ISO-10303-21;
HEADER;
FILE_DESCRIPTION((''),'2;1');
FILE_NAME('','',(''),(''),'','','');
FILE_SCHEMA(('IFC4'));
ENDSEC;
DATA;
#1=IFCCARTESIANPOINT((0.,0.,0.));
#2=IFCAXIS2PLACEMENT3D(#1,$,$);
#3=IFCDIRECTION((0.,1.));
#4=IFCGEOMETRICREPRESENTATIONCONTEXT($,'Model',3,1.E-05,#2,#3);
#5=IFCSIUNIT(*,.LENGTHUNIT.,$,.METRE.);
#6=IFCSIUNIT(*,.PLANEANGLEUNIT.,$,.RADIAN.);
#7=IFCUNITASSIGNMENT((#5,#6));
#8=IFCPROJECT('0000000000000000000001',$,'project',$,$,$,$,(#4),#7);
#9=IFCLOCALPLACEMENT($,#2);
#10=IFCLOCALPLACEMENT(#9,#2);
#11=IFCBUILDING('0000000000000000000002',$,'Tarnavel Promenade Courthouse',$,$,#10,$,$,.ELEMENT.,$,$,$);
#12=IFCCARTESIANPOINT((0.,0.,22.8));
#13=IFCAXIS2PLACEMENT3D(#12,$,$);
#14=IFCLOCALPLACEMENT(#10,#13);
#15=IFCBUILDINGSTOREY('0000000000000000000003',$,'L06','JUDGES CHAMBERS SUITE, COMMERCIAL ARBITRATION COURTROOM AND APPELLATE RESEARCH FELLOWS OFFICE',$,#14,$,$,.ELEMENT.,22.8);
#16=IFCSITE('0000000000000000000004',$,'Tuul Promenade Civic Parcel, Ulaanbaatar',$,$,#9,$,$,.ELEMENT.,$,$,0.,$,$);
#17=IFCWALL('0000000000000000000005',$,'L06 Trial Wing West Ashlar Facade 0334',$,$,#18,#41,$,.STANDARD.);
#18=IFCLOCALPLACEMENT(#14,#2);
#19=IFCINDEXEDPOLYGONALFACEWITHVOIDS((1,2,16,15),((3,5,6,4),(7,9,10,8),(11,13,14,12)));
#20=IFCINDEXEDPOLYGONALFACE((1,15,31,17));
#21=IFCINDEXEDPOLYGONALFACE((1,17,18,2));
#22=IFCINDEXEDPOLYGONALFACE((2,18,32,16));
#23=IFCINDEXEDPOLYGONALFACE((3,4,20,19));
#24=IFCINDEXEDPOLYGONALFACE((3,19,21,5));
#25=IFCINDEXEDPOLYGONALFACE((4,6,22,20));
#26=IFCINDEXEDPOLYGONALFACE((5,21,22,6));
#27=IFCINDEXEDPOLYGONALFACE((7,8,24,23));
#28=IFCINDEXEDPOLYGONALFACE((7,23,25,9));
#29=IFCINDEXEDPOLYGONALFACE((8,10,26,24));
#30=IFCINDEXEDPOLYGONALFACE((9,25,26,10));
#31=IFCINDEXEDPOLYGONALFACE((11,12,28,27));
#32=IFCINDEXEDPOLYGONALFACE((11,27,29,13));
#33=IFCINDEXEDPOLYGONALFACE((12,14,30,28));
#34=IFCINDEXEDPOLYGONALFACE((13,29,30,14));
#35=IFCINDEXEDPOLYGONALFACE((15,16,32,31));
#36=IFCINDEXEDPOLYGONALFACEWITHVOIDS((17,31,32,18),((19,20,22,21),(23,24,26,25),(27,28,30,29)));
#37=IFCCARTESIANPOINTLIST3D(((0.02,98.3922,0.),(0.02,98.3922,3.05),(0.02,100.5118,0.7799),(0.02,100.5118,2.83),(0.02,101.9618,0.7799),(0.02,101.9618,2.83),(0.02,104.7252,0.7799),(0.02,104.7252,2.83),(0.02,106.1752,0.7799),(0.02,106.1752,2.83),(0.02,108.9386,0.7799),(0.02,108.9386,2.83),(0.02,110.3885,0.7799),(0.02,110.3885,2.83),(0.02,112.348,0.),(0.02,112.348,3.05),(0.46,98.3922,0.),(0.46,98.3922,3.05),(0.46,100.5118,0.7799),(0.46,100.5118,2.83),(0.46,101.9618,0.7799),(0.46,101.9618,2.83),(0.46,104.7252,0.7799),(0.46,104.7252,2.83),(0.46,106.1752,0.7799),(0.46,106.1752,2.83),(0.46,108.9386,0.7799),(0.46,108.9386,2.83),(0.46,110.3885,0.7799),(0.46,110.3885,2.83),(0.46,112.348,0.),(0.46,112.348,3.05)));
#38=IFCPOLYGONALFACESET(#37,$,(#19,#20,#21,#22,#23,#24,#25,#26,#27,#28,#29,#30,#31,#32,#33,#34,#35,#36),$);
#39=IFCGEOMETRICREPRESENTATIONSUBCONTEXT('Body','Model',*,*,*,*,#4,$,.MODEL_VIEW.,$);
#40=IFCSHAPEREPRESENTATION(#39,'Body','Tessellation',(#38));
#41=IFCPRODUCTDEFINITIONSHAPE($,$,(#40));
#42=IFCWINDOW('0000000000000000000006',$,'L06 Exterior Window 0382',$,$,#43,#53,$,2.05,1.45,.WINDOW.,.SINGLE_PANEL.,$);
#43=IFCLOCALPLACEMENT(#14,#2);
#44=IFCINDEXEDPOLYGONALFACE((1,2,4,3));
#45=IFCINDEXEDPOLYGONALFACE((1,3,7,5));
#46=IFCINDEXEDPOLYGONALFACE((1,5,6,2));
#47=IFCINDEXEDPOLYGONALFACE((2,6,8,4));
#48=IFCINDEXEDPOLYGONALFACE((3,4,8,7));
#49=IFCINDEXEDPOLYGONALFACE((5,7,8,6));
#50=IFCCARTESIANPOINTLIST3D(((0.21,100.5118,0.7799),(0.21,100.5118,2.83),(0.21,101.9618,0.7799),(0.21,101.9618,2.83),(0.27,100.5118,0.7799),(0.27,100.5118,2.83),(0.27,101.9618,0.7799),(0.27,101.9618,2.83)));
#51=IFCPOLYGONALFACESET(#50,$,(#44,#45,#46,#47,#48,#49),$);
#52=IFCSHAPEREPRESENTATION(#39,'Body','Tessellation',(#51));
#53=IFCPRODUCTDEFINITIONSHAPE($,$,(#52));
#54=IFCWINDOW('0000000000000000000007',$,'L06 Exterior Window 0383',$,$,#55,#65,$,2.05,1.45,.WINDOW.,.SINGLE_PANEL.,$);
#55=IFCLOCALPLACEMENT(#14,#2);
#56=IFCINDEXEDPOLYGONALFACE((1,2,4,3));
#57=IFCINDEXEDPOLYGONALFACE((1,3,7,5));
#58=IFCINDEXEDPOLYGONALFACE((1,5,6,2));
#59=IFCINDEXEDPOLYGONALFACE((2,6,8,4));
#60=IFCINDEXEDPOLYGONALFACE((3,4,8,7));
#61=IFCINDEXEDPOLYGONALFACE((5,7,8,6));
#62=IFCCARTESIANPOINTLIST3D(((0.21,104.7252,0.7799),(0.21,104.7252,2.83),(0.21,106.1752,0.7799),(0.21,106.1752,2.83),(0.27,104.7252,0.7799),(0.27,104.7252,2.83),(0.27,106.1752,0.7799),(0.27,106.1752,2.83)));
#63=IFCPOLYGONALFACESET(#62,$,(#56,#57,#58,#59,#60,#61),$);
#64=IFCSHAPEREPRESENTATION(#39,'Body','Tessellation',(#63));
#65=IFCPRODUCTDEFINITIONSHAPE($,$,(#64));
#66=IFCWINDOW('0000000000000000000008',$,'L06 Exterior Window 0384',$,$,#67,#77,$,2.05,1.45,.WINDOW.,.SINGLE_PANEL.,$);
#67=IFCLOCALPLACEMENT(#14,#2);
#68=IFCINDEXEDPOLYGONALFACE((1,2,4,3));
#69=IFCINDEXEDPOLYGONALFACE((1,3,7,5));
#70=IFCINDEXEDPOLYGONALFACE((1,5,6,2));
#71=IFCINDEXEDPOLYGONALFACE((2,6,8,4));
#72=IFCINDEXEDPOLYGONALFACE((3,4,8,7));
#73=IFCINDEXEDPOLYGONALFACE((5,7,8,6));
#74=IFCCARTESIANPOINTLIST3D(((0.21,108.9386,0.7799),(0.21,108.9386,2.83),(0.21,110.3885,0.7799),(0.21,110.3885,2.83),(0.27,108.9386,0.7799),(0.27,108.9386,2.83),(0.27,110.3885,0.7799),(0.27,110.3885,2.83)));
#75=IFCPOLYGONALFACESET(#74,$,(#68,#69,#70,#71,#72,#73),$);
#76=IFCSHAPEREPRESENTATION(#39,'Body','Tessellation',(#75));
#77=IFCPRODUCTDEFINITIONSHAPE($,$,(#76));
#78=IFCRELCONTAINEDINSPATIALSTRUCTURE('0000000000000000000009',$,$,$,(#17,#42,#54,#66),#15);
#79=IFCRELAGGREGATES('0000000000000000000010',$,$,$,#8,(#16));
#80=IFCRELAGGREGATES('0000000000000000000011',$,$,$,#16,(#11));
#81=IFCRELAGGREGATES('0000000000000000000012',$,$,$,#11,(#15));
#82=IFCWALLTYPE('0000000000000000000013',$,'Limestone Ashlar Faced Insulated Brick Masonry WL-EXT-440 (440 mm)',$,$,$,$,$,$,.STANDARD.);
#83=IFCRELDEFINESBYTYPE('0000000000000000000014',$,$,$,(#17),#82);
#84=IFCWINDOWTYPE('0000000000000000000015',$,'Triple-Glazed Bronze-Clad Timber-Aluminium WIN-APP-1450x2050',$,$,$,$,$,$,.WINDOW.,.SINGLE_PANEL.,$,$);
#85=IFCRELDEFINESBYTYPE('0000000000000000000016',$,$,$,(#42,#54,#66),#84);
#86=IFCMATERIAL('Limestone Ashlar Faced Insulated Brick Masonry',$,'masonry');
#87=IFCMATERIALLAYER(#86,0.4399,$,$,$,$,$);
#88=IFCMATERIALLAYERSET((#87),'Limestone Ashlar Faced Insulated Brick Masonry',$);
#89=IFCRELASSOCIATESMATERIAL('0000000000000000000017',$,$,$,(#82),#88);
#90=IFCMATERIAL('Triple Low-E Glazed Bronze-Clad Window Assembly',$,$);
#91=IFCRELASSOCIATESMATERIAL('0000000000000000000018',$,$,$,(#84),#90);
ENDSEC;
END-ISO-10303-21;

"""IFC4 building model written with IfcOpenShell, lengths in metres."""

from ifc_helpers import new_model, si_unit, direction, frame, frame_2d, origin, place, context, subcontext, project, spatial, rectangle, extrude, material, layer, layer_set, type_object, element, fill, save


model = new_model("IFC4")

# Units and contexts
model_context = context("Model", 3, precision=1e-05, world=origin(), true_north=direction((0.0, 1.0)))
body_context = subcontext(model_context, "Body", "Model", "MODEL_VIEW")
ifc_project = project(units=[si_unit("LENGTHUNIT", "METRE"), si_unit("PLANEANGLEUNIT", "RADIAN")], contexts=[model_context])

# Site, building, storey
site_placement = place(None, origin())
site = spatial("IfcSite", under=ifc_project, at=site_placement, Name="Tuul Promenade Civic Parcel, Ulaanbaatar", CompositionType="ELEMENT", RefElevation=0.0)
building_placement = place(site_placement, origin())
building = spatial("IfcBuilding", under=site, at=building_placement, Name="Tarnavel Promenade Courthouse", CompositionType="ELEMENT")
storey_placement = place(building_placement, frame((0.0, 0.0, 22.8)))
storey = spatial("IfcBuildingStorey", under=building, at=storey_placement, Name="L06", Description="JUDGES CHAMBERS SUITE, COMMERCIAL ARBITRATION COURTROOM AND APPELLATE RESEARCH FELLOWS OFFICE", CompositionType="ELEMENT", Elevation=22.8)

# Wall, openings, windows
ifc_material_1 = material(Name="Limestone Ashlar Faced Insulated Brick Masonry", Category="masonry")
ifc_layer_1 = layer(ifc_material_1, 0.4399)
ifc_layer_set_1 = layer_set([ifc_layer_1], Name="Limestone Ashlar Faced Insulated Brick Masonry")
wall_type_1 = type_object("IfcWallType", Name="Limestone Ashlar Faced Insulated Brick Masonry WL-EXT-440 (440 mm)", PredefinedType="STANDARD", material=ifc_layer_set_1)
ifc_material_2 = material(Name="Triple Low-E Glazed Bronze-Clad Window Assembly")
window_type = type_object("IfcWindowType", Name="Triple-Glazed Bronze-Clad Timber-Aluminium WIN-APP-1450x2050", PartitioningType="SINGLE_PANEL", PredefinedType="WINDOW", material=ifc_material_2)
wall_1_placement = place(storey_placement, frame((0.24, 98.3921, 0.0), z_axis=(0.0, 0.0, 1.0), x_axis=(0.0, 1.0, 0.0)))
wall_1 = element("IfcWall", 1, at=wall_1_placement, inside=storey, type_object=wall_type_1, Name="L06 Trial Wing West Ashlar Facade 0334", PredefinedType="STANDARD", context=body_context, shape_type="SweptSolid", body=[
    extrude(rectangle(XDim=13.9558, YDim=0.4399, at=frame_2d((6.978, 0.0))), origin(), (0.0, 0.0, 1.0), 3.05),
])
opening_1_placement = place(wall_1_placement, frame((2.1196, 0.0, 0.78)))
opening_1 = element("IfcOpeningElement", 2, at=opening_1_placement, cuts=wall_1, PredefinedType="OPENING", context=body_context, shape_type="SweptSolid", body=[
    extrude(rectangle(XDim=1.45, YDim=2.05, at=frame_2d((0.7251, 1.0249))), frame((0.0, 0.23, 0.0), z_axis=(0.0, -1.0, 0.0), x_axis=(1.0, 0.0, 0.0)), (0.0, 0.0, 1.0), 0.46),
])
opening_2_placement = place(wall_1_placement, frame((6.333, 0.0, 0.78)))
opening_2 = element("IfcOpeningElement", 3, at=opening_2_placement, cuts=wall_1, PredefinedType="OPENING", context=body_context, shape_type="SweptSolid", body=[
    extrude(rectangle(XDim=1.45, YDim=2.05, at=frame_2d((0.7251, 1.0249))), frame((0.0, 0.23, 0.0), z_axis=(0.0, -1.0, 0.0), x_axis=(1.0, 0.0, 0.0)), (0.0, 0.0, 1.0), 0.46),
])
opening_3_placement = place(wall_1_placement, frame((10.5464, 0.0, 0.78)))
opening_3 = element("IfcOpeningElement", 4, at=opening_3_placement, cuts=wall_1, PredefinedType="OPENING", context=body_context, shape_type="SweptSolid", body=[
    extrude(rectangle(XDim=1.45, YDim=2.05, at=frame_2d((0.7251, 1.0249))), frame((0.0, 0.23, 0.0), z_axis=(0.0, -1.0, 0.0), x_axis=(1.0, 0.0, 0.0)), (0.0, 0.0, 1.0), 0.46),
])
window_1_placement = place(opening_1_placement, origin())
window_1 = element("IfcWindow", 5, at=window_1_placement, inside=storey, type_object=window_type, Name="L06 Exterior Window 0382", OverallHeight=2.05, OverallWidth=1.45, PartitioningType="SINGLE_PANEL", PredefinedType="WINDOW", context=body_context, shape_type="SweptSolid", body=[
    extrude(rectangle(XDim=1.45, YDim=2.05, at=frame_2d((0.7251, 1.0249))), frame((0.0, 0.03, 0.0), z_axis=(0.0, -1.0, 0.0), x_axis=(1.0, 0.0, 0.0)), (0.0, 0.0, 1.0), 0.0601),
])
fill(opening_1, window_1)
window_2_placement = place(opening_2_placement, origin())
window_2 = element("IfcWindow", 6, at=window_2_placement, inside=storey, type_object=window_type, Name="L06 Exterior Window 0383", OverallHeight=2.05, OverallWidth=1.45, PartitioningType="SINGLE_PANEL", PredefinedType="WINDOW", context=body_context, shape_type="SweptSolid", body=[
    extrude(rectangle(XDim=1.45, YDim=2.05, at=frame_2d((0.7251, 1.0249))), frame((0.0, 0.03, 0.0), z_axis=(0.0, -1.0, 0.0), x_axis=(1.0, 0.0, 0.0)), (0.0, 0.0, 1.0), 0.0601),
])
fill(opening_2, window_2)
window_3_placement = place(opening_3_placement, origin())
window_3 = element("IfcWindow", 7, at=window_3_placement, inside=storey, type_object=window_type, Name="L06 Exterior Window 0384", OverallHeight=2.05, OverallWidth=1.45, PartitioningType="SINGLE_PANEL", PredefinedType="WINDOW", context=body_context, shape_type="SweptSolid", body=[
    extrude(rectangle(XDim=1.45, YDim=2.05, at=frame_2d((0.7251, 1.0249))), frame((0.0, 0.03, 0.0), z_axis=(0.0, -1.0, 0.0), x_axis=(1.0, 0.0, 0.0)), (0.0, 0.0, 1.0), 0.0601),
])
fill(opening_3, window_3)

save(model, "model.ifc")
